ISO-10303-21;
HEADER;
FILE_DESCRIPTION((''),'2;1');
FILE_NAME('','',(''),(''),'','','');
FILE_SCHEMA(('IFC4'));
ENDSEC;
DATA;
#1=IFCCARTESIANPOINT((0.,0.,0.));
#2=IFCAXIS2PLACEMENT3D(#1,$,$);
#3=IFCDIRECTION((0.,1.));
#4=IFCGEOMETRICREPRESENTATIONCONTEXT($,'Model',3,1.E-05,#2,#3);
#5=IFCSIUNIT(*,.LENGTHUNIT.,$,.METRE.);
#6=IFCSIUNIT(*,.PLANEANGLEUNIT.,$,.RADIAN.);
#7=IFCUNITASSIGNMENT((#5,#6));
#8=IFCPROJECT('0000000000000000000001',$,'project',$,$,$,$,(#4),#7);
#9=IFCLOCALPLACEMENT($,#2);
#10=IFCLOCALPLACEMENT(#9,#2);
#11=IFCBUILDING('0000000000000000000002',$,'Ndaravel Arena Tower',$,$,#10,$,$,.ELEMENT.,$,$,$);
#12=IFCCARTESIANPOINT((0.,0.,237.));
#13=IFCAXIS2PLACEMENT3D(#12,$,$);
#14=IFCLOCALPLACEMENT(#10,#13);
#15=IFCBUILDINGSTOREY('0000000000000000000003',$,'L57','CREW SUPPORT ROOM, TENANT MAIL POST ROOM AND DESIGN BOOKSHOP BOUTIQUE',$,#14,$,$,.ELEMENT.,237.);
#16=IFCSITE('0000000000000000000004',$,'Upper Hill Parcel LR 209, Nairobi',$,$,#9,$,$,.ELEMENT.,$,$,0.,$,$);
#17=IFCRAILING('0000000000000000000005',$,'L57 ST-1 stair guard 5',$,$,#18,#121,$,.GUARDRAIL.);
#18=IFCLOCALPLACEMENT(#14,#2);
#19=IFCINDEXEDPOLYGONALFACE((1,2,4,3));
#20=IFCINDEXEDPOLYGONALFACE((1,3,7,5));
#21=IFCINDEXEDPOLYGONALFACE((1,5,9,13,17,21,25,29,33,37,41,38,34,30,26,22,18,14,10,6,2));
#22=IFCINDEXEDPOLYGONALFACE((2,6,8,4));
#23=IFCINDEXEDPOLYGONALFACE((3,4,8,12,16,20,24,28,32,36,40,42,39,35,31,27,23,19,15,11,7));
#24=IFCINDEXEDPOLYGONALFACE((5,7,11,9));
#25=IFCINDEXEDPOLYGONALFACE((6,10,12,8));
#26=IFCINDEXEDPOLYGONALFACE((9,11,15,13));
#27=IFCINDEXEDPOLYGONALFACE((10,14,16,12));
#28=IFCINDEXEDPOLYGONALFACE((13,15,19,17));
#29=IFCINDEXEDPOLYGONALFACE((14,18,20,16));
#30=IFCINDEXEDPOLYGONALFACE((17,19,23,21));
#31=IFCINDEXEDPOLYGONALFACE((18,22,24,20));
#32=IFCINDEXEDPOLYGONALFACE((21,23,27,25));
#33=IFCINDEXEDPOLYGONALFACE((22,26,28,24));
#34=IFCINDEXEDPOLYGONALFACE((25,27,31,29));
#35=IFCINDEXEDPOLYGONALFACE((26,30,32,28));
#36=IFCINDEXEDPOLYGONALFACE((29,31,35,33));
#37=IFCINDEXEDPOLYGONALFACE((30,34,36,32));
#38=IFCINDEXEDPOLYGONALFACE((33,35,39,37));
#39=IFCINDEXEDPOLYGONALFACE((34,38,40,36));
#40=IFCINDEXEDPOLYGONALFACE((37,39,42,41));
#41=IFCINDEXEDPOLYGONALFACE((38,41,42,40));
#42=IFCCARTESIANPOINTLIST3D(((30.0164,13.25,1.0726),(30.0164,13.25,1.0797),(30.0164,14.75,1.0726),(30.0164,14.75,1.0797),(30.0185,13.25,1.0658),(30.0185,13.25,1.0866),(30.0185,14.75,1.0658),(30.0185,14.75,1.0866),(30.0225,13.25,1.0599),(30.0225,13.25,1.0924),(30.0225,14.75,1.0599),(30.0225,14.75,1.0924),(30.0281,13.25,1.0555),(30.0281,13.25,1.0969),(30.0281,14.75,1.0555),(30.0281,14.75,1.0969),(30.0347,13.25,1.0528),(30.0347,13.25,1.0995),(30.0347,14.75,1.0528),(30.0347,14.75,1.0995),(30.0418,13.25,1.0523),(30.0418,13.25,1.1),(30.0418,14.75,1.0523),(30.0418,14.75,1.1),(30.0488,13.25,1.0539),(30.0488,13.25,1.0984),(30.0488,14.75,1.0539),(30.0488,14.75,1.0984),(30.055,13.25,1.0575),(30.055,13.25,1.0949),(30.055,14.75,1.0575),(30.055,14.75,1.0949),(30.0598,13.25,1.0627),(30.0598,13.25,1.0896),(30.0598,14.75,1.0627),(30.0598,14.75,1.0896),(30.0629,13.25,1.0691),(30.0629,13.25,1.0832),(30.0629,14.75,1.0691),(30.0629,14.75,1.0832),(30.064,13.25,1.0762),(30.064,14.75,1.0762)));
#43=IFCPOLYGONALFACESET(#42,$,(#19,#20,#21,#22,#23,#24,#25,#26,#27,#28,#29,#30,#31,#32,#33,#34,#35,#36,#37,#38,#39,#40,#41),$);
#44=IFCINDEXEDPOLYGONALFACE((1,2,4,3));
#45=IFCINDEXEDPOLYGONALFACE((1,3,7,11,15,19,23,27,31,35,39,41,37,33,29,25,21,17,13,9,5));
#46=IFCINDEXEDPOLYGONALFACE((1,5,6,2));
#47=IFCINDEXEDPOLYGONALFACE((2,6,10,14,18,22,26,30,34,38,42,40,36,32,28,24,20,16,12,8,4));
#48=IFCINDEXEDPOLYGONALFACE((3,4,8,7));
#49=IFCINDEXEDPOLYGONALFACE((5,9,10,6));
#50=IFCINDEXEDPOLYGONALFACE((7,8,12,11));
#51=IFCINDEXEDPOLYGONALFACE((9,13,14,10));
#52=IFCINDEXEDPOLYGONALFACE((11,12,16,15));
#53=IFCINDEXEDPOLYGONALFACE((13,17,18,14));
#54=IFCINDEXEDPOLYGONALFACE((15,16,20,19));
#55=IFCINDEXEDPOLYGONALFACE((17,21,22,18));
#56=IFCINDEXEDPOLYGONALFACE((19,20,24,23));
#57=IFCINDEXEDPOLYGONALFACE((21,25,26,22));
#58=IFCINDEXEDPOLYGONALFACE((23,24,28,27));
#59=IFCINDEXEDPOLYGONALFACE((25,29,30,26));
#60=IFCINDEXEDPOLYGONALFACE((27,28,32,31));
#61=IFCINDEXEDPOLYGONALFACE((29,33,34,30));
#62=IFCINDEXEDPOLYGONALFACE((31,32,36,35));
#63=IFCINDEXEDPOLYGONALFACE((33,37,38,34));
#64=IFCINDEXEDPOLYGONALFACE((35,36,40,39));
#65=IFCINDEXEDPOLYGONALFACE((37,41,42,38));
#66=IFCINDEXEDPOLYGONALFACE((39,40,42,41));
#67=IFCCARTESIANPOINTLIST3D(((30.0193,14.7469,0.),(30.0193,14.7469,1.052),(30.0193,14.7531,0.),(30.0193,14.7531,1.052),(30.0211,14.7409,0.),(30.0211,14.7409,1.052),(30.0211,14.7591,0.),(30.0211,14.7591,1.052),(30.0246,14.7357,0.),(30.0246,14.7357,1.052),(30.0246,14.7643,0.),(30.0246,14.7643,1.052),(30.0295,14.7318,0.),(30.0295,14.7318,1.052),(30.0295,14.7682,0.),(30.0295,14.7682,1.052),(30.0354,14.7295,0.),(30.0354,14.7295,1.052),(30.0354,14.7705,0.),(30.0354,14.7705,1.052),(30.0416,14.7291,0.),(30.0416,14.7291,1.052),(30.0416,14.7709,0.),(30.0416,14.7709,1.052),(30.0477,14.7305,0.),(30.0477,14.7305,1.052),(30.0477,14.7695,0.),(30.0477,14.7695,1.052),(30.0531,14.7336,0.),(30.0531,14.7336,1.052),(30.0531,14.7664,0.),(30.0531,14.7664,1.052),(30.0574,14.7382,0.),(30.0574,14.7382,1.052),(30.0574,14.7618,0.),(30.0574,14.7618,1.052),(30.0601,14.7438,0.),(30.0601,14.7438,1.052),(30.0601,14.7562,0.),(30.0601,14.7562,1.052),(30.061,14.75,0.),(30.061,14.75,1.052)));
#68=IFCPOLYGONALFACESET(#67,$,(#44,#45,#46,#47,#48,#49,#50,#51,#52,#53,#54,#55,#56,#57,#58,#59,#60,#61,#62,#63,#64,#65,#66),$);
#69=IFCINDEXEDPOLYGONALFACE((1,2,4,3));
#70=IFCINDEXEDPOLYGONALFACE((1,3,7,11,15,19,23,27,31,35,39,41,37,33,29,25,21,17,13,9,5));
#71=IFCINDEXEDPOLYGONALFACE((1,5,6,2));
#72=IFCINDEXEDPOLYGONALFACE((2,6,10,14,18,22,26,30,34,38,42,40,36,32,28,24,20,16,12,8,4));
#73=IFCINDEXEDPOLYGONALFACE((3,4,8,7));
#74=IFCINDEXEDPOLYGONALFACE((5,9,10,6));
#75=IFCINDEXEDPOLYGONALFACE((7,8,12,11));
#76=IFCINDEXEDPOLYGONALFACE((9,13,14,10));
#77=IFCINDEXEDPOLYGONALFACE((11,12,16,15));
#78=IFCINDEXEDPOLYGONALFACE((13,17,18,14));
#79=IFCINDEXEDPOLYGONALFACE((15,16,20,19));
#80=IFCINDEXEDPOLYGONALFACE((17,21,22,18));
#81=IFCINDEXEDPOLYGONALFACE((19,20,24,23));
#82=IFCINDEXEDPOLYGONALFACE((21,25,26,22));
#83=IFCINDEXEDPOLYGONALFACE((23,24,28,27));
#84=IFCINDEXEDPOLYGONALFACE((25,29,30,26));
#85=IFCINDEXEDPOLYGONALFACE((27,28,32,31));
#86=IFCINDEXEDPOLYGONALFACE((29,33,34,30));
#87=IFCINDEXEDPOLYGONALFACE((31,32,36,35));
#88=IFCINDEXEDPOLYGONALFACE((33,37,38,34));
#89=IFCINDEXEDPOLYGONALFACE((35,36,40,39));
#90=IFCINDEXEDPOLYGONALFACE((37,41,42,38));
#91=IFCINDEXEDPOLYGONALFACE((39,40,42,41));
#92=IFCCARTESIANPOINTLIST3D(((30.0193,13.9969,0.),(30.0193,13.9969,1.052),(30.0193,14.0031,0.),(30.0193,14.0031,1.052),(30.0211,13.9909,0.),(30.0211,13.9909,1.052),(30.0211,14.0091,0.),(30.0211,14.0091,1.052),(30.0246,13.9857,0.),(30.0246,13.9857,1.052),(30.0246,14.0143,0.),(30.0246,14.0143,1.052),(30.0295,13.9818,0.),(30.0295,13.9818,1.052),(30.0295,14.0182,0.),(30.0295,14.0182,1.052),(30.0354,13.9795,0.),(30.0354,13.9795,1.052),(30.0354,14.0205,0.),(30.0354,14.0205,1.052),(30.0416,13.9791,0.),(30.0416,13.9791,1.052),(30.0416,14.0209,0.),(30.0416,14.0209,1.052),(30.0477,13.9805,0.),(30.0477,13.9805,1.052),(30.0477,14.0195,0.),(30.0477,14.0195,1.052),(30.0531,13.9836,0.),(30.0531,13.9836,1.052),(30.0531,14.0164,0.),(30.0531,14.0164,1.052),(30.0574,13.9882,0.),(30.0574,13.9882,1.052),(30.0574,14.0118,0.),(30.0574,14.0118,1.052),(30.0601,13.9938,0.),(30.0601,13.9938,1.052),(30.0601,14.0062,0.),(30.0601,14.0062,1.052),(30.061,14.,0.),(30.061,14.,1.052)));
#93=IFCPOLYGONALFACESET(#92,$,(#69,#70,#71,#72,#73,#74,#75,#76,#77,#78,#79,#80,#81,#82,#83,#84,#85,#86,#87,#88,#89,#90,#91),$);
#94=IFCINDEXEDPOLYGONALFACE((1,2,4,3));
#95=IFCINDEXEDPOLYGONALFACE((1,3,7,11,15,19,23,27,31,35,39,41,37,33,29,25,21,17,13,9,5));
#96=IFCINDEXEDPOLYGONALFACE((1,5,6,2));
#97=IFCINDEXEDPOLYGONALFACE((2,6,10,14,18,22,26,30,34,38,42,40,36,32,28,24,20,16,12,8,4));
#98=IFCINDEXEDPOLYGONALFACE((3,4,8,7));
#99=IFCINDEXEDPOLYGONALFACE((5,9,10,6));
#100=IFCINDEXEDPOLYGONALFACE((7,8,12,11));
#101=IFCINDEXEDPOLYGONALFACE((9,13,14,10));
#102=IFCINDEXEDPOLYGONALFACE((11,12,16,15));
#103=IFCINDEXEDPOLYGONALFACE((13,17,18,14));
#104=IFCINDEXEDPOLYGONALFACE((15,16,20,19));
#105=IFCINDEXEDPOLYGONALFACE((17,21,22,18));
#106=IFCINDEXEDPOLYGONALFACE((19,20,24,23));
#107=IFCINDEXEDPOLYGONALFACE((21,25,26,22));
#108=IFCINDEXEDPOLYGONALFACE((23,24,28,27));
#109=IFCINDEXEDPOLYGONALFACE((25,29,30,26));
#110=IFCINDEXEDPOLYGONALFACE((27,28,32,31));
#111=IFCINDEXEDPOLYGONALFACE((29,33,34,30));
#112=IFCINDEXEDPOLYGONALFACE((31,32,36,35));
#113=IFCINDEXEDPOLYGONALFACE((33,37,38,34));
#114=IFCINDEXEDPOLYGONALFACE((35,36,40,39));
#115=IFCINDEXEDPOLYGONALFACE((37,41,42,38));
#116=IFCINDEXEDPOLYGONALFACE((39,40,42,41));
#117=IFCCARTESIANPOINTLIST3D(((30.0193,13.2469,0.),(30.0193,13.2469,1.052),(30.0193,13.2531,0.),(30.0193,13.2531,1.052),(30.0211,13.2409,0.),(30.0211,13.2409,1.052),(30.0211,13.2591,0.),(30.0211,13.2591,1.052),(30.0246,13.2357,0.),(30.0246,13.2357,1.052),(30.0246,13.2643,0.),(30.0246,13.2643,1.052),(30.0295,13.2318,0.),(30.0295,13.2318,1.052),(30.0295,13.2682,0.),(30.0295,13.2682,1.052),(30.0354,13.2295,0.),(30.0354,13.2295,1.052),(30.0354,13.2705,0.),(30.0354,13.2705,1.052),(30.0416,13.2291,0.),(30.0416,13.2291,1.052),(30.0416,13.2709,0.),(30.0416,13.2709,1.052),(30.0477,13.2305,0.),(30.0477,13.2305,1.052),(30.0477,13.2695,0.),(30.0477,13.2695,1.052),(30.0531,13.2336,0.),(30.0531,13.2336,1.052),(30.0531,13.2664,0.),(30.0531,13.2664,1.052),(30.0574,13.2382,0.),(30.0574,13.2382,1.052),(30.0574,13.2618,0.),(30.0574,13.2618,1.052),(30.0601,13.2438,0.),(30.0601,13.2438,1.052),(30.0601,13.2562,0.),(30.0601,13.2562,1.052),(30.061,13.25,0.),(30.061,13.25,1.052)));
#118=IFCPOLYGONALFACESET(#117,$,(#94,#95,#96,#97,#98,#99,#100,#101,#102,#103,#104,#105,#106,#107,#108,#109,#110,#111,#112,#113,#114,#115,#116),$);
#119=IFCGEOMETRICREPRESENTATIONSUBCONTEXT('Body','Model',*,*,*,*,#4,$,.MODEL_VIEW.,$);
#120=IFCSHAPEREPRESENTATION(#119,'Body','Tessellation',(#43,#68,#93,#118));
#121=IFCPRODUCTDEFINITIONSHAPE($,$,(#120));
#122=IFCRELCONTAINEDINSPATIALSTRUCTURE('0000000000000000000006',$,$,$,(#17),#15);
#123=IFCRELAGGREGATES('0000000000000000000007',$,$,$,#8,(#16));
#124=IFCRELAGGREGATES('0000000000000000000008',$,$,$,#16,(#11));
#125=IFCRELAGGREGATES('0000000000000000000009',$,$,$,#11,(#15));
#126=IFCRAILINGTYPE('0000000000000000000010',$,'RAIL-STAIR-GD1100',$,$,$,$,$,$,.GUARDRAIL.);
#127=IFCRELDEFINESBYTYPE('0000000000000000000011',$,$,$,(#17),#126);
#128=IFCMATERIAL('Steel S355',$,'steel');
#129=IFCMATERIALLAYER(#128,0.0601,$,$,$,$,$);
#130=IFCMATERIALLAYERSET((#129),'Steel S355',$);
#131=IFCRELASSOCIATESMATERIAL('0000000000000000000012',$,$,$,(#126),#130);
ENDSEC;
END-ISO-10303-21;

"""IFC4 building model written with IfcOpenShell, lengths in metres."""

from ifc_helpers import new_model, si_unit, direction, frame, origin, origin_2d, place, context, subcontext, project, spatial, circle, extrude, material, layer, layer_set, type_object, element, save


model = new_model("IFC4")

# Units and contexts
model_context = context("Model", 3, precision=1e-05, world=origin(), true_north=direction((0.0, 1.0)))
body_context = subcontext(model_context, "Body", "Model", "MODEL_VIEW")
ifc_project = project(units=[si_unit("LENGTHUNIT", "METRE"), si_unit("PLANEANGLEUNIT", "RADIAN")], contexts=[model_context])

# Site, building, storey
site_placement = place(None, origin())
site = spatial("IfcSite", under=ifc_project, at=site_placement, Name="Upper Hill Parcel LR 209, Nairobi", CompositionType="ELEMENT", RefElevation=0.0)
building_placement = place(site_placement, origin())
building = spatial("IfcBuilding", under=site, at=building_placement, Name="Ndaravel Arena Tower", CompositionType="ELEMENT")
storey_placement = place(building_placement, frame((0.0, 0.0, 237.0)))
storey = spatial("IfcBuildingStorey", under=building, at=storey_placement, Name="L57", Description="CREW SUPPORT ROOM, TENANT MAIL POST ROOM AND DESIGN BOOKSHOP BOUTIQUE", CompositionType="ELEMENT", Elevation=237.0)

# Railing
ifc_material_1 = material(Name="Steel S355", Category="steel")
ifc_layer_1 = layer(ifc_material_1, 0.0601)
ifc_layer_set_1 = layer_set([ifc_layer_1], Name="Steel S355")
railing_type = type_object("IfcRailingType", Name="RAIL-STAIR-GD1100", PredefinedType="GUARDRAIL", material=ifc_layer_set_1)
railing_placement = place(storey_placement, frame((30.04, 14.75, 0.0)))
element("IfcRailing", 1, at=railing_placement, inside=storey, type_object=railing_type, Name="L57 ST-1 stair guard 5", PredefinedType="GUARDRAIL", context=body_context, shape_type="SweptSolid", body=[
    extrude(circle(Radius=0.0239, at=origin_2d()), frame((0.0, 0.0, 1.0762), z_axis=(0.0, -1.0, 0.0), x_axis=(1.0, 0.0, 0.0)), (0.0, 0.0, 1.0), 1.5),
    extrude(circle(Radius=0.021, at=origin_2d()), origin(), (0.0, 0.0, 1.0), 1.052),
    extrude(circle(Radius=0.021, at=origin_2d()), frame((0.0, -0.75, 0.0)), (0.0, 0.0, 1.0), 1.052),
    extrude(circle(Radius=0.021, at=origin_2d()), frame((0.0, -1.5, 0.0)), (0.0, 0.0, 1.0), 1.052),
])

save(model, "model.ifc")
